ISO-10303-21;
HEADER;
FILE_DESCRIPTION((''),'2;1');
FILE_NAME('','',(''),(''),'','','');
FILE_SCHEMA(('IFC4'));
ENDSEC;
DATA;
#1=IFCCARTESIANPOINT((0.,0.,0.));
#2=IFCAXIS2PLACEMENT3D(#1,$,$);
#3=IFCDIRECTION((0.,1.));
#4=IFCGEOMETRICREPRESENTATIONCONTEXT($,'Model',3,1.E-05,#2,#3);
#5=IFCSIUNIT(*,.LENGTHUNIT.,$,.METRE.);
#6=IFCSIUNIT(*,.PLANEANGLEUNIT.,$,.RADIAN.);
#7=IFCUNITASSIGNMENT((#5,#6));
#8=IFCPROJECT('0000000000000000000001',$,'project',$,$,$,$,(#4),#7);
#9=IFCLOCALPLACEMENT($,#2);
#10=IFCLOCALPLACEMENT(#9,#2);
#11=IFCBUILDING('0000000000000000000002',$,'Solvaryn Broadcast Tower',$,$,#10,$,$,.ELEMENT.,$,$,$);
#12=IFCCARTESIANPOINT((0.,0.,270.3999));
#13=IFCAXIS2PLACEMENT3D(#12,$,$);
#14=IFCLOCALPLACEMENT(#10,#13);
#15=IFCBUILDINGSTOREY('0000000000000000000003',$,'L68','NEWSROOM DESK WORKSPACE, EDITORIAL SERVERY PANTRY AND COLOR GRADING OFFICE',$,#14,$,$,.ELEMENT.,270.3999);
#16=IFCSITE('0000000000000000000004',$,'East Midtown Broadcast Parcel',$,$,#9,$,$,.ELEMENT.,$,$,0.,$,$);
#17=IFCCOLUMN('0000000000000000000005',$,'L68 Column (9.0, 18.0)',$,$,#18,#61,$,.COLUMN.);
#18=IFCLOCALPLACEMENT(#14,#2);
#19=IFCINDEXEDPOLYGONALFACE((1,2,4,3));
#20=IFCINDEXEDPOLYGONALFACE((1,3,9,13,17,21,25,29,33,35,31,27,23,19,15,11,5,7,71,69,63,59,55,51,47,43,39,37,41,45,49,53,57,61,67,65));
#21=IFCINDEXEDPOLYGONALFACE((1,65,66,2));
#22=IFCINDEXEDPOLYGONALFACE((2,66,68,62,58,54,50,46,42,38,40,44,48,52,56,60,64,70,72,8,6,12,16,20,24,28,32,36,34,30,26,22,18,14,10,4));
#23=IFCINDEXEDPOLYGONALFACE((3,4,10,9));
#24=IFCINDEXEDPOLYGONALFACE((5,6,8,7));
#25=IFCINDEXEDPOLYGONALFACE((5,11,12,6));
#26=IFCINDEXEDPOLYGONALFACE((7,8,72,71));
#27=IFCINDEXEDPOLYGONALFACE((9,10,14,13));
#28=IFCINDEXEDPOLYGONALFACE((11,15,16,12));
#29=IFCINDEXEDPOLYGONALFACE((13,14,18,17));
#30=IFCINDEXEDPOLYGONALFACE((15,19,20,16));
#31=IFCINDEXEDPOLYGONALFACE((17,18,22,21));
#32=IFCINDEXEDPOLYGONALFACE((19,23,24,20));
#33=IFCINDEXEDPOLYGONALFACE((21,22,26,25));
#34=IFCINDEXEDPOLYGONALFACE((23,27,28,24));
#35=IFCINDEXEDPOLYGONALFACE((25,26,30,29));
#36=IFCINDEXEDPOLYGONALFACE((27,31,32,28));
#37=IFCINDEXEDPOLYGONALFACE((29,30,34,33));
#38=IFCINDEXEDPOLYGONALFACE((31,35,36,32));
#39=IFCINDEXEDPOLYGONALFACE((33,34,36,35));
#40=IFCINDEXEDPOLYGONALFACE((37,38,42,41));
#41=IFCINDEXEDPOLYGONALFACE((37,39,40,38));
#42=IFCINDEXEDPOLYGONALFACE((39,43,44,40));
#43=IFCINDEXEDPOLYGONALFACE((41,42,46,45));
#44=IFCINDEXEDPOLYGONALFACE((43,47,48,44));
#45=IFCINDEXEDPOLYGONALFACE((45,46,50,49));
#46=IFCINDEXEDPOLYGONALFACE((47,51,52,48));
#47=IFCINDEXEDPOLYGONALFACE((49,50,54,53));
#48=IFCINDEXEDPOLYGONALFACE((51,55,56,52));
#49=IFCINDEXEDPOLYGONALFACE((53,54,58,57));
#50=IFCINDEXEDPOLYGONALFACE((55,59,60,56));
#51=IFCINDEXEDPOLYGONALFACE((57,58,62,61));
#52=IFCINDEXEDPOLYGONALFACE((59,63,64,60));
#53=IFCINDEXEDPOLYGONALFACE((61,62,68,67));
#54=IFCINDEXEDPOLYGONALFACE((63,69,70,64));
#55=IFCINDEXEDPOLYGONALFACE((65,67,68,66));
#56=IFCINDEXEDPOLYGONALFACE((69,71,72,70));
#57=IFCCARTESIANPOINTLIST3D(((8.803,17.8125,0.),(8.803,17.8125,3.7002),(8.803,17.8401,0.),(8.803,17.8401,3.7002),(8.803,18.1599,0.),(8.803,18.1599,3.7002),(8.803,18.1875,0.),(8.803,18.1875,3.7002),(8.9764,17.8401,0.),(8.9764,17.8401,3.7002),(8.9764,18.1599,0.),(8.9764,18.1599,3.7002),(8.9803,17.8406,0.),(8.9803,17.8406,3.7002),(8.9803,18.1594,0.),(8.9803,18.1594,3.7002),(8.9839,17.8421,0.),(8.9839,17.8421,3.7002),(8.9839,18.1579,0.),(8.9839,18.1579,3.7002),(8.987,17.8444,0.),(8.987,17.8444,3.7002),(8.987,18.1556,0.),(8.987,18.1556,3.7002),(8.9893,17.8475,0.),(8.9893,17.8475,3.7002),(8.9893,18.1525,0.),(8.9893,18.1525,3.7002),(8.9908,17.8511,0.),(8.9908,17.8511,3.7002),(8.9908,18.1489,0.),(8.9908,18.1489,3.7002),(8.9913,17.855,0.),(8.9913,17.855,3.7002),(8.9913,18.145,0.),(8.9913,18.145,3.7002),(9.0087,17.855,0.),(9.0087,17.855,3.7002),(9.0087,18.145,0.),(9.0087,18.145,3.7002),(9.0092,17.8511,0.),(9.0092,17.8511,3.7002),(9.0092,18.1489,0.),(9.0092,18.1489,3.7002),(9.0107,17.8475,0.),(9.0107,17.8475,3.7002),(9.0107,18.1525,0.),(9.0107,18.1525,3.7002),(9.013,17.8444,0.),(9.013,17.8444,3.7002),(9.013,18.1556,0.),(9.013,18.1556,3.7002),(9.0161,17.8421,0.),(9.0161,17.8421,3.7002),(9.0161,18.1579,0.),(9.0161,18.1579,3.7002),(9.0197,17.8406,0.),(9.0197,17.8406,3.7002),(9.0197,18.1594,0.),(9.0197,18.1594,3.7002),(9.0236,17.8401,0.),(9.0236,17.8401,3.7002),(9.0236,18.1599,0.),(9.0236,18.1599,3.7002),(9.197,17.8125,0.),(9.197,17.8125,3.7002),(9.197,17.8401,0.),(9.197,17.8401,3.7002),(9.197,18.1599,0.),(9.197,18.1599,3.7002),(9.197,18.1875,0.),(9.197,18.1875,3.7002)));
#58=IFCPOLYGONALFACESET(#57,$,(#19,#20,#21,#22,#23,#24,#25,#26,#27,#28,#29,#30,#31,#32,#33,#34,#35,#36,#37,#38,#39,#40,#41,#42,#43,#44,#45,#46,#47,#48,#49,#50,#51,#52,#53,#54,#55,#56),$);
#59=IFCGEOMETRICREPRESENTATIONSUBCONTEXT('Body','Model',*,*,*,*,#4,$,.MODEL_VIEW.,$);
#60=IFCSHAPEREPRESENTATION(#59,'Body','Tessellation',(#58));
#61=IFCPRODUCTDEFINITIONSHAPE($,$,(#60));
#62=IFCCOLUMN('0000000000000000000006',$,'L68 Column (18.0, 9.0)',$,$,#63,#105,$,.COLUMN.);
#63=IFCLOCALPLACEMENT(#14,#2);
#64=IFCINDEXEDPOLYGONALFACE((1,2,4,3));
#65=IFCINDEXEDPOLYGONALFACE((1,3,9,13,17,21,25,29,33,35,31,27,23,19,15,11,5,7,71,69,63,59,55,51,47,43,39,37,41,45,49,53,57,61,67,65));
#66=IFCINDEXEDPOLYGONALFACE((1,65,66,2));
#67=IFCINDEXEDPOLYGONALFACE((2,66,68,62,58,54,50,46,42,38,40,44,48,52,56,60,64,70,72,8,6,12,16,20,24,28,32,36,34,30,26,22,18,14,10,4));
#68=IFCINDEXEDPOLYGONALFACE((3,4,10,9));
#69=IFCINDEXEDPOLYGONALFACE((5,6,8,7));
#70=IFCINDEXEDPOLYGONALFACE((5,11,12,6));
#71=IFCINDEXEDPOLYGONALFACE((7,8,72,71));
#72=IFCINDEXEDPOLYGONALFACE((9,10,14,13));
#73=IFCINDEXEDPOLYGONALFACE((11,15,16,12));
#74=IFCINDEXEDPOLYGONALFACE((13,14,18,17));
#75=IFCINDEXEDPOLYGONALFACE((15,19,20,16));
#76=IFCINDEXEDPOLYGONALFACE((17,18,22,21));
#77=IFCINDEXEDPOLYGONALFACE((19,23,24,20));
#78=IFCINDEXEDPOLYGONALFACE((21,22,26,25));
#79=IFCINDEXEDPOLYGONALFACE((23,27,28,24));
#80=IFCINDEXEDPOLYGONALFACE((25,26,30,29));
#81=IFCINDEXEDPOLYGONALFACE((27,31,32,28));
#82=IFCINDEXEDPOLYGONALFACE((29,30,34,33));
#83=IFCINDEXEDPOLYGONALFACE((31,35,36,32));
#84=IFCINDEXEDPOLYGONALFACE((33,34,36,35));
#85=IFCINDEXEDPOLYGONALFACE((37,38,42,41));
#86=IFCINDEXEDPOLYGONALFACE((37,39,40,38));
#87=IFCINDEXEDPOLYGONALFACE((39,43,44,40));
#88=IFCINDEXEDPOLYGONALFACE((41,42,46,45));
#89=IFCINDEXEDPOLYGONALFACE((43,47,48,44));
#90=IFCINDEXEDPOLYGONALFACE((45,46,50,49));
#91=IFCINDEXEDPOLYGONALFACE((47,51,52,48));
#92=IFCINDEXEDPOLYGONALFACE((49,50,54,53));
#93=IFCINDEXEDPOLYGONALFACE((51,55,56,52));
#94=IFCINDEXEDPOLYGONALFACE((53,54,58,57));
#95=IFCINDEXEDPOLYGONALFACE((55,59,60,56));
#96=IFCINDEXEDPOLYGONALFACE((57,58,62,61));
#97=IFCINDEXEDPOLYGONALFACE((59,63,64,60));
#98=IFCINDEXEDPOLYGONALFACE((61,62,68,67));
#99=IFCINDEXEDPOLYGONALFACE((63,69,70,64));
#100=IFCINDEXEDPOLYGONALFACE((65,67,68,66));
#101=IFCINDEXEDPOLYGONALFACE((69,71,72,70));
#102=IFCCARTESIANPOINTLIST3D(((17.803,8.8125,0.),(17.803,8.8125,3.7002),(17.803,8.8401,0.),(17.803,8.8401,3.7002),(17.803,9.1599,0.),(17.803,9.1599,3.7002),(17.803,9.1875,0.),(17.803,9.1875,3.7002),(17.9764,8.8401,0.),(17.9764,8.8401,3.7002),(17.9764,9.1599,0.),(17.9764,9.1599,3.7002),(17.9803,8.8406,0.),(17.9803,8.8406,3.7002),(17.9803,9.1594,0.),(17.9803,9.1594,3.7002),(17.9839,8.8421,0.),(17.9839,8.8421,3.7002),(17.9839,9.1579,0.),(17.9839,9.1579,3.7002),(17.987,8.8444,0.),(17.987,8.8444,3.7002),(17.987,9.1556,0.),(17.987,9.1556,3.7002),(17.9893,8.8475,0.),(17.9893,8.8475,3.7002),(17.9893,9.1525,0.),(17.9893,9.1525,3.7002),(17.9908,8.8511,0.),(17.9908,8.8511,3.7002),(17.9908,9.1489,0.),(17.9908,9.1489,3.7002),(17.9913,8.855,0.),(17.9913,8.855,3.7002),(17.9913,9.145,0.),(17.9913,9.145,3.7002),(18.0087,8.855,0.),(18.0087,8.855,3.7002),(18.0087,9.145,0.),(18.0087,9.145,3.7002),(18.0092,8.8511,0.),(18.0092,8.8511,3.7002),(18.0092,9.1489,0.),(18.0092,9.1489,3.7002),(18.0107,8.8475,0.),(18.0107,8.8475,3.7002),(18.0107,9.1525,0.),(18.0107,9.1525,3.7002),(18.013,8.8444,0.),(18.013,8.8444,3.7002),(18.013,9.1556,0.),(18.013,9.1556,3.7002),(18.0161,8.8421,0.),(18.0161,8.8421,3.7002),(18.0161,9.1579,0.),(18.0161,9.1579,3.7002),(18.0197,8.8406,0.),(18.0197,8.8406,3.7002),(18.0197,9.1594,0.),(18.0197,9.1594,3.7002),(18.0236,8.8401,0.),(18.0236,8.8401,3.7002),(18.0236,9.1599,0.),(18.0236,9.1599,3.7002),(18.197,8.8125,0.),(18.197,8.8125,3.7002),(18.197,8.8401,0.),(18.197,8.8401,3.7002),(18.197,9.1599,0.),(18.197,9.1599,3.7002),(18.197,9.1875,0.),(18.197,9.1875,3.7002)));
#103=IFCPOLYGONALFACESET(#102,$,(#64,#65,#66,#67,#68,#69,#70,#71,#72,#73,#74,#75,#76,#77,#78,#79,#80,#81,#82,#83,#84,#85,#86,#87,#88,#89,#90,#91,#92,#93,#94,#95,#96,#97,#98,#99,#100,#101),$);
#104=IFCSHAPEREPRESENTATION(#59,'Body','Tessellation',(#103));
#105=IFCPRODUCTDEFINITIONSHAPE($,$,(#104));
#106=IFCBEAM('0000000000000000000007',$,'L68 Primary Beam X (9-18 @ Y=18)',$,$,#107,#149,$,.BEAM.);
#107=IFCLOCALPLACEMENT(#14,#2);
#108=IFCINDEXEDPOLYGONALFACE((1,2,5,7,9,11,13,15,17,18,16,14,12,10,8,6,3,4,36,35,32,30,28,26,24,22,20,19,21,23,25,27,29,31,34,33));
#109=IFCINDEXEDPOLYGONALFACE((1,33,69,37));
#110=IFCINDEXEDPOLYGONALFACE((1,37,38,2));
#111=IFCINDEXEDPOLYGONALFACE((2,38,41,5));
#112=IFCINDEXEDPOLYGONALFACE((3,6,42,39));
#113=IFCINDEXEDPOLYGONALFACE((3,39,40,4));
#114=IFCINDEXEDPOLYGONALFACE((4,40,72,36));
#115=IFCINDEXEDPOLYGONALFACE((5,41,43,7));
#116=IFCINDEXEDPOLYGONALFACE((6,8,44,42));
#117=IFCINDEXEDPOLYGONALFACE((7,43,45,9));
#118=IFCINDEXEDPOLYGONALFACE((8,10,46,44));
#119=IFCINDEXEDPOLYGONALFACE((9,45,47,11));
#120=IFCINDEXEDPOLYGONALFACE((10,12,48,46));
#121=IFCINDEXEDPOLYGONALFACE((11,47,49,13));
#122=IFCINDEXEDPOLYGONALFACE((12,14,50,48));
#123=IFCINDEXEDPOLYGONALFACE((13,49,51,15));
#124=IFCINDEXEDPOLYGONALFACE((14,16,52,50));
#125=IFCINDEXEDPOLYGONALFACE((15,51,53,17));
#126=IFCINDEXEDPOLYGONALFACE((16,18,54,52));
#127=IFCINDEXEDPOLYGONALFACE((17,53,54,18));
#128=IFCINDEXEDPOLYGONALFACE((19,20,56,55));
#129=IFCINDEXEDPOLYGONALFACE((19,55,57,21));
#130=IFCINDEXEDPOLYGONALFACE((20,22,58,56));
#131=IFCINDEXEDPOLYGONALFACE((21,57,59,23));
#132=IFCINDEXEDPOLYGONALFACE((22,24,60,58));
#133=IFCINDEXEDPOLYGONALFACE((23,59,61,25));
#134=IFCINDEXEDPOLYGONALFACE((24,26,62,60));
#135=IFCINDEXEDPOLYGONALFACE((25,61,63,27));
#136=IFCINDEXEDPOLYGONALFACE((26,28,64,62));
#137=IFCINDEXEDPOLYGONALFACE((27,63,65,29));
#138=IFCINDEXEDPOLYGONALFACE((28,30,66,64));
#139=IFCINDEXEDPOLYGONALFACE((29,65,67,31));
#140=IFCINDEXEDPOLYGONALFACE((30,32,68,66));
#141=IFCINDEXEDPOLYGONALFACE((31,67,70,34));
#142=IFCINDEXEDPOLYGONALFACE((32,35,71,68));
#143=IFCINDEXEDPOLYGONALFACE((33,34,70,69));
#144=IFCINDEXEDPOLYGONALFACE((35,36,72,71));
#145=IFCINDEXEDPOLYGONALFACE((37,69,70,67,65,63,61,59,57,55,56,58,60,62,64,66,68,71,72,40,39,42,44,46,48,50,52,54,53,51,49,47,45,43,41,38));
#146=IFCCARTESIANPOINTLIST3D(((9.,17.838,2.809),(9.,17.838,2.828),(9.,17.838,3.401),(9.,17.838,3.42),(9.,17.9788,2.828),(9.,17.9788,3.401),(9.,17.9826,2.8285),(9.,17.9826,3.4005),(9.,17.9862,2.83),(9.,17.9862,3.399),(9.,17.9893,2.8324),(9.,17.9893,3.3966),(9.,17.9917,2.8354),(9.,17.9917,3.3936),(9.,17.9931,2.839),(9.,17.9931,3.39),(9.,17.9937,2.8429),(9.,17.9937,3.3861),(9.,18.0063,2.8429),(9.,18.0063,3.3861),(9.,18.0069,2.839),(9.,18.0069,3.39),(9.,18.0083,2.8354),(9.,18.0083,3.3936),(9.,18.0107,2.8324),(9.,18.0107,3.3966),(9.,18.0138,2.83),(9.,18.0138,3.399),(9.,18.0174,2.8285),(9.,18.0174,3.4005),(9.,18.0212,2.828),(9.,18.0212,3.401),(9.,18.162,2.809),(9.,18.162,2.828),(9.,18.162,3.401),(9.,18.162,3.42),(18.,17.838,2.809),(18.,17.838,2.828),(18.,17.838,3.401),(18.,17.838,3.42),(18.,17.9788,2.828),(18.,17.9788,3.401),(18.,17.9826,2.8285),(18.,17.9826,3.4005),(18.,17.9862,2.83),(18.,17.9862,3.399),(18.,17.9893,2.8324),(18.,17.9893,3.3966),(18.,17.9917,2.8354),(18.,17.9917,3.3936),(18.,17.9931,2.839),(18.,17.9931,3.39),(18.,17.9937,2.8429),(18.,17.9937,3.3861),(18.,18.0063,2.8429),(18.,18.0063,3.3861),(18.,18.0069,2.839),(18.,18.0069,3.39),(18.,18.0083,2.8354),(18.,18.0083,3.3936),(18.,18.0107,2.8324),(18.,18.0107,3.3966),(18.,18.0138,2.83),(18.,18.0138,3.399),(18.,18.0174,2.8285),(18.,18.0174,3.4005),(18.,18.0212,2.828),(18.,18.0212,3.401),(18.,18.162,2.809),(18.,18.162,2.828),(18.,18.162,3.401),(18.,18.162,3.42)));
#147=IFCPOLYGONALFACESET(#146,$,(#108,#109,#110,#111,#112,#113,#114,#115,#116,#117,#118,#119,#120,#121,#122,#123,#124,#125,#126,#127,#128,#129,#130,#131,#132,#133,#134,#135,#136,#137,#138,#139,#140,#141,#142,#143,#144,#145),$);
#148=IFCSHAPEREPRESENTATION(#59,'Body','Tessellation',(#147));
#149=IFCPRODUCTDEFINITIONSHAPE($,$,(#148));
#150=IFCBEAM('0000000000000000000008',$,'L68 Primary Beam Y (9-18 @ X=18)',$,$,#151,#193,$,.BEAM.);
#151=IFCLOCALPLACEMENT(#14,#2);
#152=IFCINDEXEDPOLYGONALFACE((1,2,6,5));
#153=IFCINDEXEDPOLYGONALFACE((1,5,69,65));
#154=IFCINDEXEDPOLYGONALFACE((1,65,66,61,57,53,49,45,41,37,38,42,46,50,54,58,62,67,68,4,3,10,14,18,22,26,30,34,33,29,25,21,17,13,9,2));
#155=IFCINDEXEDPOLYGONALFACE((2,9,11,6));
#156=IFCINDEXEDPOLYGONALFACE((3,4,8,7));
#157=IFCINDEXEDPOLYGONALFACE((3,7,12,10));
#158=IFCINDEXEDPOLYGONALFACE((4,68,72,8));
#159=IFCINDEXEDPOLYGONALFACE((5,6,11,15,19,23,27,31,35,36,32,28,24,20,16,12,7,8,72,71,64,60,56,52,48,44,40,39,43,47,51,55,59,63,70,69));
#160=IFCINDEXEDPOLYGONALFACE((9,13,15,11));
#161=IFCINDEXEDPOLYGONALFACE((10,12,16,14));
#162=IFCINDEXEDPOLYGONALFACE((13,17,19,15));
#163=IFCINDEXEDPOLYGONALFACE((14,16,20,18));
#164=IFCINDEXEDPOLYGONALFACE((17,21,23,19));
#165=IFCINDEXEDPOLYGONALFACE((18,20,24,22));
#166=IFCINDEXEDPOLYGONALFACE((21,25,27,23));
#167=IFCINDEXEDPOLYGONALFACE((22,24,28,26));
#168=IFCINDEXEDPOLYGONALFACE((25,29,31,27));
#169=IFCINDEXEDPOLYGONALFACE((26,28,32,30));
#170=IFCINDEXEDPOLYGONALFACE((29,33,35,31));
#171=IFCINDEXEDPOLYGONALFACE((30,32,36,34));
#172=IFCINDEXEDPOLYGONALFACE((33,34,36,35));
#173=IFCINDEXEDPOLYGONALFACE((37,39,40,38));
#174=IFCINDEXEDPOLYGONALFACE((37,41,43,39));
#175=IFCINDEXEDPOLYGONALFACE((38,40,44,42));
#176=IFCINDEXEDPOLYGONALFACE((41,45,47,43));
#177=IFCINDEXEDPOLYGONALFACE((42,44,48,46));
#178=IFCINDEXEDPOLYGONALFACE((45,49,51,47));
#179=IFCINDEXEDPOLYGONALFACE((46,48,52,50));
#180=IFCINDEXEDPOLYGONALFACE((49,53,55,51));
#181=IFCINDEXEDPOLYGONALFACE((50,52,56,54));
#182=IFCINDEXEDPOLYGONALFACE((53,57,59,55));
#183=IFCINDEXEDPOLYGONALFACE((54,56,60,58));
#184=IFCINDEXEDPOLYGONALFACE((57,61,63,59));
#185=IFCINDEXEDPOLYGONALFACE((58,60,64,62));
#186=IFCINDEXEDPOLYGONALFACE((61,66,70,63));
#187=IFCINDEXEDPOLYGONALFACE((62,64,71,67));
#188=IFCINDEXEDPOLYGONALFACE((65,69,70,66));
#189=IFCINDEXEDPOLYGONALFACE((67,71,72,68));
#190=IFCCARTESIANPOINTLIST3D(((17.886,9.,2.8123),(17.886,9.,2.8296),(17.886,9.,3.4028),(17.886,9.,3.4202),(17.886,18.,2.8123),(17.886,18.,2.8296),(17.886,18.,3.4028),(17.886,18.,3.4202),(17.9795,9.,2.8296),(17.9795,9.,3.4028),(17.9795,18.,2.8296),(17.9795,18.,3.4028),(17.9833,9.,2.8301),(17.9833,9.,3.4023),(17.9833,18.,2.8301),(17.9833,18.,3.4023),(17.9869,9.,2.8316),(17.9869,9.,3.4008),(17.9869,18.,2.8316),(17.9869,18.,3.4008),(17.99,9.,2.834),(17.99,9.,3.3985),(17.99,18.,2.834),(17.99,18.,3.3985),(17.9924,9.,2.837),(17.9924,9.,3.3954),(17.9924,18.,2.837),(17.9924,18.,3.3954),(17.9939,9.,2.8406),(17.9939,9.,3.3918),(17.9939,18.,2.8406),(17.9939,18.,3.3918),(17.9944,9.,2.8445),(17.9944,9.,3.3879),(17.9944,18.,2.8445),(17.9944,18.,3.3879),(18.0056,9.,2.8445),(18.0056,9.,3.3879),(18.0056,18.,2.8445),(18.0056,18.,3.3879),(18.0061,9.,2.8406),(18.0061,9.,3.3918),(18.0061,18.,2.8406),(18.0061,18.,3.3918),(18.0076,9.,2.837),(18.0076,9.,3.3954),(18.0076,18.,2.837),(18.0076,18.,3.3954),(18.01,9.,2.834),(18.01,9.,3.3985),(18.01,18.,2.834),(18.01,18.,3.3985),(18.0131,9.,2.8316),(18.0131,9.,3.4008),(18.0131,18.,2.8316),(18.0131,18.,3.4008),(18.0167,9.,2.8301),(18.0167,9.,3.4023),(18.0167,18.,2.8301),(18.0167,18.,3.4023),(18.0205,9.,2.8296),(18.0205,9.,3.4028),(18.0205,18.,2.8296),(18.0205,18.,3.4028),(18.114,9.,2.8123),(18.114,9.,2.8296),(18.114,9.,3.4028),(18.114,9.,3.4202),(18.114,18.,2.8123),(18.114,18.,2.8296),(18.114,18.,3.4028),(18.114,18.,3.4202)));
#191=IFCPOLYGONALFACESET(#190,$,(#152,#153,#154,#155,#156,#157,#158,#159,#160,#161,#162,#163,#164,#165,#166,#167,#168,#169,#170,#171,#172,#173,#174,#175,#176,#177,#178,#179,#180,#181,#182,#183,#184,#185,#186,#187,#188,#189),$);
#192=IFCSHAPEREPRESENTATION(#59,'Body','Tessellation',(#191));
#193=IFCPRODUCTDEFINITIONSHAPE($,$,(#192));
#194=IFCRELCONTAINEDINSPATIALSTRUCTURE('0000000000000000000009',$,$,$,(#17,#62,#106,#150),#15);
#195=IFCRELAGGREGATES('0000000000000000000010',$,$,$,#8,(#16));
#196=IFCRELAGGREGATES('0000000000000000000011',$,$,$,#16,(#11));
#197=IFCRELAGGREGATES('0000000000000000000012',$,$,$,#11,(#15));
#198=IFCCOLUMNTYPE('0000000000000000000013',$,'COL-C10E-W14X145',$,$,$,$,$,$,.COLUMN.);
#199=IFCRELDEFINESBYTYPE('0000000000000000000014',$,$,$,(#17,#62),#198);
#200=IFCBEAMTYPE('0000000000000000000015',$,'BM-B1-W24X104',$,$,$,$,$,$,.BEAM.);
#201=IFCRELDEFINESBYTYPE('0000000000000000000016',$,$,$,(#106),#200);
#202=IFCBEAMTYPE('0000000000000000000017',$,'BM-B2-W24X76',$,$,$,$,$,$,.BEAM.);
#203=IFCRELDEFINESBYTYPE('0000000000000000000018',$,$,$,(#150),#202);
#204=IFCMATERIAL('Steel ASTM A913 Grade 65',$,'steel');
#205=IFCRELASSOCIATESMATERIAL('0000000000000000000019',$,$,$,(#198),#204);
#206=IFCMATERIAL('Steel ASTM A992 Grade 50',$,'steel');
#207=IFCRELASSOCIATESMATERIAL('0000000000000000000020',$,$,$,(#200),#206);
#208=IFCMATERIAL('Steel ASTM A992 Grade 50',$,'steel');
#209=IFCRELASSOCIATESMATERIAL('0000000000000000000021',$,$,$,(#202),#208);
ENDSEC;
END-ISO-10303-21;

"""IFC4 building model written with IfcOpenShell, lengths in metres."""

from ifc_helpers import new_model, si_unit, direction, frame, origin, origin_2d, place, context, subcontext, project, spatial, i_section, extrude, material, material_profile, profile_set, type_object, element, save


model = new_model("IFC4")

# Units and contexts
model_context = context("Model", 3, precision=1e-05, world=origin(), true_north=direction((0.0, 1.0)))
body_context = subcontext(model_context, "Body", "Model", "MODEL_VIEW")
ifc_project = project(units=[si_unit("LENGTHUNIT", "METRE"), si_unit("PLANEANGLEUNIT", "RADIAN")], contexts=[model_context])

# Site, building, storey
site_placement = place(None, origin())
site = spatial("IfcSite", under=ifc_project, at=site_placement, Name="East Midtown Broadcast Parcel", CompositionType="ELEMENT", RefElevation=0.0)
building_placement = place(site_placement, origin())
building = spatial("IfcBuilding", under=site, at=building_placement, Name="Solvaryn Broadcast Tower", CompositionType="ELEMENT")
storey_placement = place(building_placement, frame((0.0, 0.0, 270.3999)))
storey = spatial("IfcBuildingStorey", under=building, at=storey_placement, Name="L68", Description="NEWSROOM DESK WORKSPACE, EDITORIAL SERVERY PANTRY AND COLOR GRADING OFFICE", CompositionType="ELEMENT", Elevation=270.3999)

# Columns
ifc_material_1 = material(Name="Steel ASTM A913 Grade 65", Category="steel")
ifc_material_profile_1 = material_profile(ifc_material_1, i_section(OverallWidth=0.394, OverallDepth=0.375, WebThickness=0.0173, FlangeThickness=0.0276, FilletRadius=0.0149, at=origin_2d()))
ifc_profile_set_1 = profile_set([ifc_material_profile_1], Name="Steel ASTM A913 Grade 65")
column_type = type_object("IfcColumnType", Name="COL-C10E-W14X145", PredefinedType="COLUMN", material=ifc_profile_set_1)
for number, where, z_axis, x_axis, name in (
    (1, (9.0, 18.0, 0.0), (0.0, 0.0, 1.0), (1.0, 0.0, 0.0), "L68 Column (9.0, 18.0)"),
    (2, (18.0, 9.0, 0.0), (0.0, 0.0, 1.0), (1.0, 0.0, 0.0), "L68 Column (18.0, 9.0)"),
):
    element("IfcColumn", number, at=place(storey_placement, frame(where, z_axis=z_axis, x_axis=x_axis)), inside=storey, type_object=column_type, Name=name, PredefinedType="COLUMN", context=body_context, shape_type="SweptSolid", body=[
        extrude(i_section(OverallWidth=0.394, OverallDepth=0.375, WebThickness=0.0173, FlangeThickness=0.0276, FilletRadius=0.0149, at=origin_2d()), origin(), (0.0, 0.0, 1.0), 3.7002),
    ])

# Beams
ifc_material_2 = material(Name="Steel ASTM A992 Grade 50", Category="steel")
ifc_material_profile_2 = material_profile(ifc_material_2, i_section(OverallWidth=0.324, OverallDepth=0.6111, WebThickness=0.0127, FlangeThickness=0.019, FilletRadius=0.0149, at=origin_2d()))
ifc_profile_set_2 = profile_set([ifc_material_profile_2], Name="Steel ASTM A992 Grade 50")
beam_type_1 = type_object("IfcBeamType", Name="BM-B1-W24X104", PredefinedType="BEAM", material=ifc_profile_set_2)
beam_1_placement = place(storey_placement, frame((9.0, 18.0, 3.1145), z_axis=(1.0, 0.0, 0.0), x_axis=(0.0, 1.0, 0.0)))
element("IfcBeam", 3, at=beam_1_placement, inside=storey, type_object=beam_type_1, Name="L68 Primary Beam X (9-18 @ Y=18)", PredefinedType="BEAM", context=body_context, shape_type="SweptSolid", body=[
    extrude(i_section(OverallWidth=0.324, OverallDepth=0.6111, WebThickness=0.0127, FlangeThickness=0.019, FilletRadius=0.0149, at=origin_2d()), origin(), (0.0, 0.0, 1.0), 9.0),
])
ifc_material_3 = material(Name="Steel ASTM A992 Grade 50", Category="steel")
ifc_material_profile_3 = material_profile(ifc_material_3, i_section(OverallWidth=0.228, OverallDepth=0.6079, WebThickness=0.0112, FlangeThickness=0.0173, FilletRadius=0.0149, at=origin_2d()))
ifc_profile_set_3 = profile_set([ifc_material_profile_3], Name="Steel ASTM A992 Grade 50")
beam_type_2 = type_object("IfcBeamType", Name="BM-B2-W24X76", PredefinedType="BEAM", material=ifc_profile_set_3)
beam_2_placement = place(storey_placement, frame((18.0, 9.0, 3.1162), z_axis=(0.0, 1.0, 0.0), x_axis=(-1.0, 0.0, 0.0)))
element("IfcBeam", 4, at=beam_2_placement, inside=storey, type_object=beam_type_2, Name="L68 Primary Beam Y (9-18 @ X=18)", PredefinedType="BEAM", context=body_context, shape_type="SweptSolid", body=[
    extrude(i_section(OverallWidth=0.228, OverallDepth=0.6079, WebThickness=0.0112, FlangeThickness=0.0173, FilletRadius=0.0149, at=origin_2d()), origin(), (0.0, 0.0, 1.0), 9.0),
])

save(model, "model.ifc")
